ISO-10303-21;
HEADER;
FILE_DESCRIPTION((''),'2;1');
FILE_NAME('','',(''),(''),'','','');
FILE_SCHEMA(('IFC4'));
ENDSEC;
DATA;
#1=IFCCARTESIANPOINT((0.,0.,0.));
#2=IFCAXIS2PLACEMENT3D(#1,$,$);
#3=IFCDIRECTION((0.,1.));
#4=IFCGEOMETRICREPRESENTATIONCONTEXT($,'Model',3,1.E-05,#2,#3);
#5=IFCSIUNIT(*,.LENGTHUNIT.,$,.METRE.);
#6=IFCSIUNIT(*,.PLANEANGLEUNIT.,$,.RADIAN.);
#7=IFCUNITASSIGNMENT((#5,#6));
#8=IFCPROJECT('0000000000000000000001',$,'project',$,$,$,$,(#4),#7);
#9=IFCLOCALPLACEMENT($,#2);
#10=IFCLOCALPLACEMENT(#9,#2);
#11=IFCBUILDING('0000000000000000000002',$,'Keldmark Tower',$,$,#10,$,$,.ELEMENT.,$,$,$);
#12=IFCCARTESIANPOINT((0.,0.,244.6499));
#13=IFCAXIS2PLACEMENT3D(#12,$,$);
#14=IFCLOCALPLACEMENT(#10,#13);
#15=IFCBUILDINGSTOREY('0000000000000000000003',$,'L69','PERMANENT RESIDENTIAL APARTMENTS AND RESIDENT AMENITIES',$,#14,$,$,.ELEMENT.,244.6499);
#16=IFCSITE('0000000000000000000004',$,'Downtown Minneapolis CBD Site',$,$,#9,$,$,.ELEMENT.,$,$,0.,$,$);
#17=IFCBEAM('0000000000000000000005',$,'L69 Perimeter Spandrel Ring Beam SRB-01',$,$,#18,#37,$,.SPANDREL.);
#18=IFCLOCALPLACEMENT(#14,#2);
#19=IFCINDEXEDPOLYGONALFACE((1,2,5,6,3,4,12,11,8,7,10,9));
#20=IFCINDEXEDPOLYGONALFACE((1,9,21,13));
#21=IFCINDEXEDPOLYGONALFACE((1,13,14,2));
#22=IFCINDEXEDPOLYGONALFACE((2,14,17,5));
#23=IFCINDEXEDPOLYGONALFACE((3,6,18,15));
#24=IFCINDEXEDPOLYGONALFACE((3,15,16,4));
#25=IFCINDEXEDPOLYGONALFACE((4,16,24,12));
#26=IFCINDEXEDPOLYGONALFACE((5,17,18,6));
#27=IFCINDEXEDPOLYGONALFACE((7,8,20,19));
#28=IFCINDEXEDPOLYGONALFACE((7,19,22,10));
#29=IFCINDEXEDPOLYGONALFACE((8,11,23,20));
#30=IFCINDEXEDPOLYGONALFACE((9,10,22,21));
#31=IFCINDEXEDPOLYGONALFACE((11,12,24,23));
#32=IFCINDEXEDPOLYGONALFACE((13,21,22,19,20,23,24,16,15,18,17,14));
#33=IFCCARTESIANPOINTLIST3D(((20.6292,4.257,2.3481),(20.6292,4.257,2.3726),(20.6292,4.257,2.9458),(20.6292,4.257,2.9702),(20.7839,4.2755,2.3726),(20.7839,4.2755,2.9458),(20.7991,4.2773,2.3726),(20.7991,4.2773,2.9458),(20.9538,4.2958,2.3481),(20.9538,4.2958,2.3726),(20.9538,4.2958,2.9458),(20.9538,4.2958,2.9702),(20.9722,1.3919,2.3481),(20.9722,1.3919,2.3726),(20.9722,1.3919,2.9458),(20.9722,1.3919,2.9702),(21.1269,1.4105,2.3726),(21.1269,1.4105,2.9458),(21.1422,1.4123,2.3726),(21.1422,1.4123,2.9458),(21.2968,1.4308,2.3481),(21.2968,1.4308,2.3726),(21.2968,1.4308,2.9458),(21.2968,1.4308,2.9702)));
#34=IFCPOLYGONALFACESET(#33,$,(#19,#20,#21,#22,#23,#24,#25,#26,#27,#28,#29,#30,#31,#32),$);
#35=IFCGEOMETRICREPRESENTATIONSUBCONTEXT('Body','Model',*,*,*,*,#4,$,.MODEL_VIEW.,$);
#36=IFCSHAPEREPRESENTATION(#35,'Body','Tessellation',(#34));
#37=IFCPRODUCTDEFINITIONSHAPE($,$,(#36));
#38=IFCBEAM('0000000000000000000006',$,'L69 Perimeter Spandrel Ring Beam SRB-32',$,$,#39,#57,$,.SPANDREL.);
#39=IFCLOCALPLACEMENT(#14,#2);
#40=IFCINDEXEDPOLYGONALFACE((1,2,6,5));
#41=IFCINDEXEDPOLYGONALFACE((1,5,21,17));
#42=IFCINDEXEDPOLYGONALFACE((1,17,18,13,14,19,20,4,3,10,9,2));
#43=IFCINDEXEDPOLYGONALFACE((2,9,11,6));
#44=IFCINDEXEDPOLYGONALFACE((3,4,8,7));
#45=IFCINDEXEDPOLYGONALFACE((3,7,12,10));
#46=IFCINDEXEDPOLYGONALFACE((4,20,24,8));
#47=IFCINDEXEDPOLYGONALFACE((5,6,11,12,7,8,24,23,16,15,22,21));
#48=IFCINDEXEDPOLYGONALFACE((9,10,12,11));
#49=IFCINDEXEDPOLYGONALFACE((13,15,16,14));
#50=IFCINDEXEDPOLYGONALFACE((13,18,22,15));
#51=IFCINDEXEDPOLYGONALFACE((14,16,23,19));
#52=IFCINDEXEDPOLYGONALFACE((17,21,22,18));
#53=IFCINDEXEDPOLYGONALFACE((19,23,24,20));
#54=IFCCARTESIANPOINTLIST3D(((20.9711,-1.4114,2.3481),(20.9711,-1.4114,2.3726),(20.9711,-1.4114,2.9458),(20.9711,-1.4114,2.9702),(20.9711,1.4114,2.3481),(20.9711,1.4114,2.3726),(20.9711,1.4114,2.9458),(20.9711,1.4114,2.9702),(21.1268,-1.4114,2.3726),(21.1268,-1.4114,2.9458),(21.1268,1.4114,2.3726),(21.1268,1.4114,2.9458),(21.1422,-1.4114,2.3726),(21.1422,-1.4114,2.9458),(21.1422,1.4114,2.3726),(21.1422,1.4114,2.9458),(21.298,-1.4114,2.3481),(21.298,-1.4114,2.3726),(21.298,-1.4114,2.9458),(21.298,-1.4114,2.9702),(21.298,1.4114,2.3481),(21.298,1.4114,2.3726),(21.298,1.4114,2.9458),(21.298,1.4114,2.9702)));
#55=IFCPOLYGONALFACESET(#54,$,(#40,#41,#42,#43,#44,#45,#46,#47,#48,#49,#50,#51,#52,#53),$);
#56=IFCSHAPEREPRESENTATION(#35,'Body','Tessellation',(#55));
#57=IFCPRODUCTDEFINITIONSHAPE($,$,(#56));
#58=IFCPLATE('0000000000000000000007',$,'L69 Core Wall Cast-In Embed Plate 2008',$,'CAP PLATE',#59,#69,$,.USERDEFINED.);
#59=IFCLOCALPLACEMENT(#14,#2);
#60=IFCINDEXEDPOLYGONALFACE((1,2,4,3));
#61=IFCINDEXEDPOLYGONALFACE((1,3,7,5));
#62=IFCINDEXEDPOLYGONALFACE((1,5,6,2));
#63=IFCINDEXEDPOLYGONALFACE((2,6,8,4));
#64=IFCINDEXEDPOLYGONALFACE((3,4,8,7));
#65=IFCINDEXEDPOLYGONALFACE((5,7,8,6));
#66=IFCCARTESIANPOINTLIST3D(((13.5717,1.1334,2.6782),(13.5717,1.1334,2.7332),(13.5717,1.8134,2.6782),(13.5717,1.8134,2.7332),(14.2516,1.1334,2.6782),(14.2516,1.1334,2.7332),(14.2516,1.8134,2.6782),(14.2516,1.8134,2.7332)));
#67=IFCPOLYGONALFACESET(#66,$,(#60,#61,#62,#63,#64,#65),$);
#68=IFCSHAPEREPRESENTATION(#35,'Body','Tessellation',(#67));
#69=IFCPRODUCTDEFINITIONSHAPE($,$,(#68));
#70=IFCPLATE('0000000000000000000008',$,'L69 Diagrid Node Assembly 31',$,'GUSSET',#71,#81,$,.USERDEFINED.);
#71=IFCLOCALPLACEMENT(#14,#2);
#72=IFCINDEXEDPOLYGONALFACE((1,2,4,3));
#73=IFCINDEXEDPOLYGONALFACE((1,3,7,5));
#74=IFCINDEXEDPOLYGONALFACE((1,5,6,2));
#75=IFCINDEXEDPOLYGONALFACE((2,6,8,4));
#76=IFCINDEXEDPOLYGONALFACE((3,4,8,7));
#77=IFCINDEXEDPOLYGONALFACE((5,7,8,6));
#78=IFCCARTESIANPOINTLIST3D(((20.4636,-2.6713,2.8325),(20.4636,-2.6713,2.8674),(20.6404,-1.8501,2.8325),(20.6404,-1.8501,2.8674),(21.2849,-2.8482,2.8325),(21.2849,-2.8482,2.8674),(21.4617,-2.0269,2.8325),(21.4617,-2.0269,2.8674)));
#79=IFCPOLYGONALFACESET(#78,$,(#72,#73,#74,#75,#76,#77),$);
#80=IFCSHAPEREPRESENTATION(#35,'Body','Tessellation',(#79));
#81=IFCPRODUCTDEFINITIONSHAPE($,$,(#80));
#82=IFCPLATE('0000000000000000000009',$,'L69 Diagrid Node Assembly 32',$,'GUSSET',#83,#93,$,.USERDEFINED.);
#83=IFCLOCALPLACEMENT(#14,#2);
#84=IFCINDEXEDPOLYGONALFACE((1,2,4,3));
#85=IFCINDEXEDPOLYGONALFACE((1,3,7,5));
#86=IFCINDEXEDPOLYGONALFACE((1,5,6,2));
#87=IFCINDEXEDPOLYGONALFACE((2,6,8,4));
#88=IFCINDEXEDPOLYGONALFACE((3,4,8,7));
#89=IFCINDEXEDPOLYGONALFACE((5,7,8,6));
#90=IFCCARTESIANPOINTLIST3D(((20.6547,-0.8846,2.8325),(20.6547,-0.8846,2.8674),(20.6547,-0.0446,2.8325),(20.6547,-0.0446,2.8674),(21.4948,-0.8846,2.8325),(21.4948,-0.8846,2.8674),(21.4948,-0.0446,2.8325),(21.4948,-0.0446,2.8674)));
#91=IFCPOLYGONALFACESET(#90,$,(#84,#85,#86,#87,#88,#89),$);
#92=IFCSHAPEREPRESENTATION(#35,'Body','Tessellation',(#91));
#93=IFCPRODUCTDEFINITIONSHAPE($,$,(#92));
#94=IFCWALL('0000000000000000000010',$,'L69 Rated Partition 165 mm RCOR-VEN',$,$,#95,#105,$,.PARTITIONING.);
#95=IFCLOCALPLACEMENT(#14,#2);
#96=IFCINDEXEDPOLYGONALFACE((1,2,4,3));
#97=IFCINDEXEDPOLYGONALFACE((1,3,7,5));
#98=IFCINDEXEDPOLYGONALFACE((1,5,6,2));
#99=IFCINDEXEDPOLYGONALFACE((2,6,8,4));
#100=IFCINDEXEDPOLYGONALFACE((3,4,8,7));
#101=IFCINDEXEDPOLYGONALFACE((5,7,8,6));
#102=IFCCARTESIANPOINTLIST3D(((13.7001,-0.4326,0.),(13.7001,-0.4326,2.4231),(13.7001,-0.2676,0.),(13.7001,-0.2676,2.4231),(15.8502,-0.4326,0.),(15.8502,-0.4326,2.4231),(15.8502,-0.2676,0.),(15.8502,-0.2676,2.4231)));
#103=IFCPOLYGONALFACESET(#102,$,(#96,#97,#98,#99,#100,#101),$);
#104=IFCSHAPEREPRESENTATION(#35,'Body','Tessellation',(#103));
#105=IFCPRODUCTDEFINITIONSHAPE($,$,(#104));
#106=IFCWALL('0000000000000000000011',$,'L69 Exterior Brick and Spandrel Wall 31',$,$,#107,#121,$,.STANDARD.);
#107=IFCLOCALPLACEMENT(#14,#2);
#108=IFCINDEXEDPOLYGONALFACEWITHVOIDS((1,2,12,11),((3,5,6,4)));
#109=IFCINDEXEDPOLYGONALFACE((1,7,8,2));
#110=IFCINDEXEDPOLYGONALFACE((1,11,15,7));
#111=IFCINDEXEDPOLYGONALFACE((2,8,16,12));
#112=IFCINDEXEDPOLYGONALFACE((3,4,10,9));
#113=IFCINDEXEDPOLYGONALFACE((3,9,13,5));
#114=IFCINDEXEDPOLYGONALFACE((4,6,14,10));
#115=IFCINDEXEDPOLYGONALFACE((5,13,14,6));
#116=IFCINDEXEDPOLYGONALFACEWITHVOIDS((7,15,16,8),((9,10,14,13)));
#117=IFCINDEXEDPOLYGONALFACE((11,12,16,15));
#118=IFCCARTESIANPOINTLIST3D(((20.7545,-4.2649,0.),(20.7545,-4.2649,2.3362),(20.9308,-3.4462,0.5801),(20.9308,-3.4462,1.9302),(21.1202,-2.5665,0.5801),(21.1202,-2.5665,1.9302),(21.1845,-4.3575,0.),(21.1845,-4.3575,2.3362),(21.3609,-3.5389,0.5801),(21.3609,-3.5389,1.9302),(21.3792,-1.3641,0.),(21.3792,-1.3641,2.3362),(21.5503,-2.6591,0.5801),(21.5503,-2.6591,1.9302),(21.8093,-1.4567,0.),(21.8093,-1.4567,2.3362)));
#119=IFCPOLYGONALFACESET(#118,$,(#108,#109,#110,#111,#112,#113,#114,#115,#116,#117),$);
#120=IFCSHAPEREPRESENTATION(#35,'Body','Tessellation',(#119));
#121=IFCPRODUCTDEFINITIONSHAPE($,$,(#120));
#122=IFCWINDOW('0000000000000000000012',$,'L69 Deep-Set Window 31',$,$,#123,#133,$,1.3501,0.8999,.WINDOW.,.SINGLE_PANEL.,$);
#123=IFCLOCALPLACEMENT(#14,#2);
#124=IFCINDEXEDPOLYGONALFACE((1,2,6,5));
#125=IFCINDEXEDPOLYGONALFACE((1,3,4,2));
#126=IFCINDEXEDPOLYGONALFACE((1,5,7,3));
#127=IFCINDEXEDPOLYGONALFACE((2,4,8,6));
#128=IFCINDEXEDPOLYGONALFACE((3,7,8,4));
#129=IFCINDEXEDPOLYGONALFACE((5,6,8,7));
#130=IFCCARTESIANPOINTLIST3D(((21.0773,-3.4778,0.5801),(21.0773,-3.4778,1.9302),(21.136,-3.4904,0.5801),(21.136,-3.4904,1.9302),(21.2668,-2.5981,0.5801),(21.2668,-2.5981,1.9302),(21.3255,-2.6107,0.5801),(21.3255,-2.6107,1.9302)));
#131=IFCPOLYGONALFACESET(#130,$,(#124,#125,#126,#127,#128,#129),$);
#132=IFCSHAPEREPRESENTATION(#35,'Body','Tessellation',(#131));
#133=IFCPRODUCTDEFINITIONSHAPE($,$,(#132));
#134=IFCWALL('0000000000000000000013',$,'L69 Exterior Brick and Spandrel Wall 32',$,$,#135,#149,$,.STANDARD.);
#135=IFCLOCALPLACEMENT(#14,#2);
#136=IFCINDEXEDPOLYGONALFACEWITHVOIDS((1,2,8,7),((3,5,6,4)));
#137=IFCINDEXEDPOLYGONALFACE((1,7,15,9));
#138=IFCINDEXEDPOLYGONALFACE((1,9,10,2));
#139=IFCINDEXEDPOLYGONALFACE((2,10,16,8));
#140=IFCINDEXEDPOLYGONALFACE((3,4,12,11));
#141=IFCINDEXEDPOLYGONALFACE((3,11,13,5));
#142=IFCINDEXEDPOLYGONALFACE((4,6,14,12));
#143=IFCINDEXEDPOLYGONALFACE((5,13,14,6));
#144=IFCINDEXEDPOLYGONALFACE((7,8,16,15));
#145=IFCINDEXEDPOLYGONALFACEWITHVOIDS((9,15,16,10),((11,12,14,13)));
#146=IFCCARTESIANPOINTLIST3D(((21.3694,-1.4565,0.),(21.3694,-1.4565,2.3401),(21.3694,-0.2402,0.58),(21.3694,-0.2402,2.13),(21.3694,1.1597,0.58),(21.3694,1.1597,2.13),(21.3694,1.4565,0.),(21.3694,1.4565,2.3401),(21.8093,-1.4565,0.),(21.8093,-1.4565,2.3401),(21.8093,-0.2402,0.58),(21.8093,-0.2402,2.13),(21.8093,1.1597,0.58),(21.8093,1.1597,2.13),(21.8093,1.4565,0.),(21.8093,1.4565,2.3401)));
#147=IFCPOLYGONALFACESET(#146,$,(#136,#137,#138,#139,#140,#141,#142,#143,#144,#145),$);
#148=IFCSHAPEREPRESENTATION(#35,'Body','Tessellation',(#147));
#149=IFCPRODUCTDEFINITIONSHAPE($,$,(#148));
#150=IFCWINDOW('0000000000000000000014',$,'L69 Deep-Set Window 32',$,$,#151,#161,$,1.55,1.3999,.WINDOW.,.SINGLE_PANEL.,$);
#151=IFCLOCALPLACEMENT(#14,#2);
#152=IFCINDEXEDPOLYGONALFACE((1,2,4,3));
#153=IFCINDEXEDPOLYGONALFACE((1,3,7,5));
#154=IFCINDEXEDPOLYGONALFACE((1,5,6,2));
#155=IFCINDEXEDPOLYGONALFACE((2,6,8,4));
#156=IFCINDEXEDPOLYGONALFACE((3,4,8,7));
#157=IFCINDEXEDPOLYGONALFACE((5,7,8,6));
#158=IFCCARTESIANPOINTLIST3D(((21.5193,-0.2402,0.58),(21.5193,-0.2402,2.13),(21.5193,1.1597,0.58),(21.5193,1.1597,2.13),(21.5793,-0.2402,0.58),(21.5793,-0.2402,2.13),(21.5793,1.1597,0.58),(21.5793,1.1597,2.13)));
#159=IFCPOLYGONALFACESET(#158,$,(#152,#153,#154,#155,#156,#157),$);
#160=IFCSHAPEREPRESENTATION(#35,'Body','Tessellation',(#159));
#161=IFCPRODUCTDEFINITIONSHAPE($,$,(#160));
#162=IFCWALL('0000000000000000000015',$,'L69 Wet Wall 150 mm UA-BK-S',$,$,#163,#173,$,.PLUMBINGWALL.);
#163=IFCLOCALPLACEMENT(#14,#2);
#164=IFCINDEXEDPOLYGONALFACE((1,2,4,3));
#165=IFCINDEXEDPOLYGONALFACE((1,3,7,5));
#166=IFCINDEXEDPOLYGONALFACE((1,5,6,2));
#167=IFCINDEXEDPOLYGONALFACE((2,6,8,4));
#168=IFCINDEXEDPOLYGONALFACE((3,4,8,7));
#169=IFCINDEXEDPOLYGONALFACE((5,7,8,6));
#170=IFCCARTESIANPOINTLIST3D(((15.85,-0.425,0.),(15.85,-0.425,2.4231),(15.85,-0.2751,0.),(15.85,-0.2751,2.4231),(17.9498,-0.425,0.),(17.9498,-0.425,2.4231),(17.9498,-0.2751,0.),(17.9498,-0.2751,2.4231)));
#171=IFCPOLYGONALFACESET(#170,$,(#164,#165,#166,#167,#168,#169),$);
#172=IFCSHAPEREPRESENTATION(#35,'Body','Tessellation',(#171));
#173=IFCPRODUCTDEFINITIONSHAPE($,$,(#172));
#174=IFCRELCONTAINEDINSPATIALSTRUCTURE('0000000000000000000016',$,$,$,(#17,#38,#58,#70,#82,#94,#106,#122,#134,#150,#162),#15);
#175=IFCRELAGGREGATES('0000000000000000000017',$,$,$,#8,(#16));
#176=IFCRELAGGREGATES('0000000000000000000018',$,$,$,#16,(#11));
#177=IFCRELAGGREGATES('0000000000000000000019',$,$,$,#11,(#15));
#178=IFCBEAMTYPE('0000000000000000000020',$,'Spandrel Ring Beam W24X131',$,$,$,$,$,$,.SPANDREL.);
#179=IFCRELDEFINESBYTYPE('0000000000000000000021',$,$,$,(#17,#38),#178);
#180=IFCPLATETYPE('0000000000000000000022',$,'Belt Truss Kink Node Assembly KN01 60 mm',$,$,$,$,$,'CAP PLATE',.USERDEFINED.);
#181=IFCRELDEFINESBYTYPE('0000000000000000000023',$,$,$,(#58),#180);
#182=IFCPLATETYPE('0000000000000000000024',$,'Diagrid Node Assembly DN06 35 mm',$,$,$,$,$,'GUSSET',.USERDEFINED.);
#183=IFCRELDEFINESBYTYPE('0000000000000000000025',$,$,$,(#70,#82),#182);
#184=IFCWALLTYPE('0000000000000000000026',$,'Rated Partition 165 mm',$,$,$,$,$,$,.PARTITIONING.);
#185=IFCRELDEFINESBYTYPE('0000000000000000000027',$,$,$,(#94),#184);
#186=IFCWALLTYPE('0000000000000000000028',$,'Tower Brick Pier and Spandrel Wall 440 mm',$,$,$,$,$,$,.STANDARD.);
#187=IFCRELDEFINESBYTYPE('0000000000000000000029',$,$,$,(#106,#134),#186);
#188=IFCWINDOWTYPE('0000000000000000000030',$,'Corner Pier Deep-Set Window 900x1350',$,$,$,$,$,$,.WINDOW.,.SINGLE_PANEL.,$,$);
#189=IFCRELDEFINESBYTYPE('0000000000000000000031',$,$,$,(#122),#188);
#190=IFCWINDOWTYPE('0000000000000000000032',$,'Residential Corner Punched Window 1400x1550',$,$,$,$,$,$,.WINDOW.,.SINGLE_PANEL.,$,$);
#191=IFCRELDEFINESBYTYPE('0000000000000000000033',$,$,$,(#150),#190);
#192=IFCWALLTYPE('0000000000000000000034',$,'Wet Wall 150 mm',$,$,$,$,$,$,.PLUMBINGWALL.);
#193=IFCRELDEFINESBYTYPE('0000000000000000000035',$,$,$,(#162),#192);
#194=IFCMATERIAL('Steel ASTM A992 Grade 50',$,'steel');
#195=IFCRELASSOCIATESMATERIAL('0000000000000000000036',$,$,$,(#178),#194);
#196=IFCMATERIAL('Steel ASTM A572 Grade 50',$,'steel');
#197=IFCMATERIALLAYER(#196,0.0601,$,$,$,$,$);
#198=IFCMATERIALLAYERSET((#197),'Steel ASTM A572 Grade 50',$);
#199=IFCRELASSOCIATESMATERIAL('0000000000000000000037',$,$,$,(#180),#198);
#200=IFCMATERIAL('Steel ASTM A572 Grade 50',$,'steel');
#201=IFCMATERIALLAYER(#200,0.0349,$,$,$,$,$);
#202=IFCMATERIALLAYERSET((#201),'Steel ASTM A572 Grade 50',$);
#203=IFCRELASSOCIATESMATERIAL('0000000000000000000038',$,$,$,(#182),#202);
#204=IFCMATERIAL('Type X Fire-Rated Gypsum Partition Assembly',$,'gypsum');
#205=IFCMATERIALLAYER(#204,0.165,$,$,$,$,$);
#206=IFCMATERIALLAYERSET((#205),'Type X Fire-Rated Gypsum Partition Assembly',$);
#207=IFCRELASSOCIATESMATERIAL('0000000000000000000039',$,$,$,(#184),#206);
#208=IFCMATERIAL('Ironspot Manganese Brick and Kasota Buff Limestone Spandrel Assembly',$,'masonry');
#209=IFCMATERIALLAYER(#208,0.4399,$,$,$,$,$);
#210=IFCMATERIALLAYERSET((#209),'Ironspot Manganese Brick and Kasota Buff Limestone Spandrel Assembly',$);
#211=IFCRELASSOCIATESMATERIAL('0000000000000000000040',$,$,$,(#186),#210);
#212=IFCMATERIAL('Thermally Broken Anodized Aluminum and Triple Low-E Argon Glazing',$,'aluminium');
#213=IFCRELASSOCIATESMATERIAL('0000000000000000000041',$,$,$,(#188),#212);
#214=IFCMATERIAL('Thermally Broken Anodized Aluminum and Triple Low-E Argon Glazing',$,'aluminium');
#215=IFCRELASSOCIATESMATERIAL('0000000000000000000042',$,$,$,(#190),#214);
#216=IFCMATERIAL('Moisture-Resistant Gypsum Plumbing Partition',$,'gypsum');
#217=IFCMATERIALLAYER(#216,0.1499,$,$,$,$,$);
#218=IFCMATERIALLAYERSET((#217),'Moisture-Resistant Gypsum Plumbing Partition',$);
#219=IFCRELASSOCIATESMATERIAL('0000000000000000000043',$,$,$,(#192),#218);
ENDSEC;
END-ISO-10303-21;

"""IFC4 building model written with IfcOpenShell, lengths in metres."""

from ifc_helpers import new_model, si_unit, direction, frame, frame_2d, origin, origin_2d, place, context, subcontext, project, spatial, rectangle, i_section, extrude, material, layer, layer_set, material_profile, profile_set, type_object, element, fill, save


model = new_model("IFC4")

# Units and contexts
model_context = context("Model", 3, precision=1e-05, world=origin(), true_north=direction((0.0, 1.0)))
body_context = subcontext(model_context, "Body", "Model", "MODEL_VIEW")
ifc_project = project(units=[si_unit("LENGTHUNIT", "METRE"), si_unit("PLANEANGLEUNIT", "RADIAN")], contexts=[model_context])

# Site, building, storey
site_placement = place(None, origin())
site = spatial("IfcSite", under=ifc_project, at=site_placement, Name="Downtown Minneapolis CBD Site", CompositionType="ELEMENT", RefElevation=0.0)
building_placement = place(site_placement, origin())
building = spatial("IfcBuilding", under=site, at=building_placement, Name="Keldmark Tower", CompositionType="ELEMENT")
storey_placement = place(building_placement, frame((0.0, 0.0, 244.6499)))
storey = spatial("IfcBuildingStorey", under=building, at=storey_placement, Name="L69", Description="PERMANENT RESIDENTIAL APARTMENTS AND RESIDENT AMENITIES", CompositionType="ELEMENT", Elevation=244.6499)

# Beams
ifc_material_1 = material(Name="Steel ASTM A992 Grade 50", Category="steel")
ifc_material_profile_1 = material_profile(ifc_material_1, i_section(OverallWidth=0.3269, OverallDepth=0.6221, WebThickness=0.0154, FlangeThickness=0.0244, at=origin_2d()), Name="W24X131")
ifc_profile_set_1 = profile_set([ifc_material_profile_1], Name="Steel ASTM A992 Grade 50")
beam_type_1 = type_object("IfcBeamType", Name="Spandrel Ring Beam W24X131", PredefinedType="SPANDREL", material=ifc_profile_set_1)
beam_1_placement = place(storey_placement, frame((21.1345, 1.4114, 2.6592), z_axis=(-0.118878, 0.992909, 0.0), x_axis=(-0.992909, -0.118878, 0.0)))
element("IfcBeam", 1, at=beam_1_placement, inside=storey, type_object=beam_type_1, Name="L69 Perimeter Spandrel Ring Beam SRB-01", PredefinedType="SPANDREL", context=body_context, shape_type="SweptSolid", body=[
    extrude(i_section(OverallWidth=0.3269, OverallDepth=0.6221, WebThickness=0.0154, FlangeThickness=0.0244, at=origin_2d()), origin(), (0.0, 0.0, 1.0), 2.8855),
])
beam_2_placement = place(storey_placement, frame((21.1345, -1.4114, 2.6592), z_axis=(0.0, 1.0, 0.0), x_axis=(-1.0, 0.0, 0.0)))
element("IfcBeam", 2, at=beam_2_placement, inside=storey, type_object=beam_type_1, Name="L69 Perimeter Spandrel Ring Beam SRB-32", PredefinedType="SPANDREL", context=body_context, shape_type="SweptSolid", body=[
    extrude(i_section(OverallWidth=0.3269, OverallDepth=0.6221, WebThickness=0.0154, FlangeThickness=0.0244, at=origin_2d()), origin(), (0.0, 0.0, 1.0), 2.8228),
])

# Plates
ifc_material_2 = material(Name="Steel ASTM A572 Grade 50", Category="steel")
ifc_layer_1 = layer(ifc_material_2, 0.0601)
ifc_layer_set_1 = layer_set([ifc_layer_1], Name="Steel ASTM A572 Grade 50")
plate_type_1 = type_object("IfcPlateType", Name="Belt Truss Kink Node Assembly KN01 60 mm", ElementType="CAP PLATE", PredefinedType="USERDEFINED", material=ifc_layer_set_1)
plate_placement = place(storey_placement, frame((13.9116, 1.4734, 2.6782), z_axis=(0.0, 0.0, 1.0), x_axis=(1.0, 0.0, 0.0)))
element("IfcPlate", 3, at=plate_placement, inside=storey, type_object=plate_type_1, Name="L69 Core Wall Cast-In Embed Plate 2008", ObjectType="CAP PLATE", PredefinedType="USERDEFINED", context=body_context, shape_type="SweptSolid", body=[
    extrude(rectangle(XDim=0.6799, YDim=0.6799, at=origin_2d()), origin(), (0.0, 0.0, 1.0), 0.0549),
])
ifc_material_3 = material(Name="Steel ASTM A572 Grade 50", Category="steel")
ifc_layer_2 = layer(ifc_material_3, 0.0349)
ifc_layer_set_2 = layer_set([ifc_layer_2], Name="Steel ASTM A572 Grade 50")
plate_type_2 = type_object("IfcPlateType", Name="Diagrid Node Assembly DN06 35 mm", ElementType="GUSSET", PredefinedType="USERDEFINED", material=ifc_layer_set_2)
for number, where, z_axis, x_axis, name in (
    (4, (20.9626, -2.3491, 2.8325), (0.0, 0.0, 1.0), (0.210472, 0.9776, 0.0), "L69 Diagrid Node Assembly 31"),
    (5, (21.0747, -0.4646, 2.8325), (0.0, 0.0, 1.0), (0.0, 1.0, 0.0), "L69 Diagrid Node Assembly 32"),
):
    element("IfcPlate", number, at=place(storey_placement, frame(where, z_axis=z_axis, x_axis=x_axis)), inside=storey, type_object=plate_type_2, Name=name, ObjectType="GUSSET", PredefinedType="USERDEFINED", context=body_context, shape_type="SweptSolid", body=[
        extrude(rectangle(XDim=0.8401, YDim=0.8401, at=origin_2d()), origin(), (0.0, 0.0, 1.0), 0.0349),
    ])

# Wall
ifc_material_4 = material(Name="Type X Fire-Rated Gypsum Partition Assembly", Category="gypsum")
ifc_layer_3 = layer(ifc_material_4, 0.165)
ifc_layer_set_3 = layer_set([ifc_layer_3], Name="Type X Fire-Rated Gypsum Partition Assembly")
wall_type_1 = type_object("IfcWallType", Name="Rated Partition 165 mm", PredefinedType="PARTITIONING", material=ifc_layer_set_3)
wall_1_placement = place(storey_placement, frame((13.7, -0.3501, 0.0), z_axis=(0.0, 0.0, 1.0), x_axis=(1.0, 0.0, 0.0)))
element("IfcWall", 6, at=wall_1_placement, inside=storey, type_object=wall_type_1, Name="L69 Rated Partition 165 mm RCOR-VEN", PredefinedType="PARTITIONING", context=body_context, shape_type="SweptSolid", body=[
    extrude(rectangle(XDim=2.1501, YDim=0.165, at=frame_2d((1.0752, 0.0))), origin(), (0.0, 0.0, 1.0), 2.4231),
])

# Walls, openings, windows
ifc_material_5 = material(Name="Ironspot Manganese Brick and Kasota Buff Limestone Spandrel Assembly", Category="masonry")
ifc_layer_4 = layer(ifc_material_5, 0.4399)
ifc_layer_set_4 = layer_set([ifc_layer_4], Name="Ironspot Manganese Brick and Kasota Buff Limestone Spandrel Assembly")
wall_type_2 = type_object("IfcWallType", Name="Tower Brick Pier and Spandrel Wall 440 mm", PredefinedType="STANDARD", material=ifc_layer_set_4)
wall_2_placement = place(storey_placement, frame((21.5942, -1.4104, 0.0), z_axis=(0.0, 0.0, 1.0), x_axis=(-0.21054, -0.977585, 0.0)))
wall_2 = element("IfcWall", 7, at=wall_2_placement, inside=storey, type_object=wall_type_2, Name="L69 Exterior Brick and Spandrel Wall 31", PredefinedType="STANDARD", context=body_context, shape_type="SweptSolid", body=[
    extrude(rectangle(XDim=2.9673, YDim=0.4399, at=frame_2d((1.4836, 0.0))), origin(), (0.0, 0.0, 1.0), 2.3362),
])
opening_1_placement = place(wall_2_placement, frame((1.23, 0.0, 0.5801)))
opening_1 = element("IfcOpeningElement", 8, at=opening_1_placement, cuts=wall_2, PredefinedType="OPENING", context=body_context, shape_type="SweptSolid", body=[
    extrude(rectangle(XDim=0.8999, YDim=1.3501, at=frame_2d((0.45, 0.675))), frame((0.0, 0.23, 0.0), z_axis=(0.0, -1.0, 0.0), x_axis=(1.0, 0.0, 0.0)), (0.0, 0.0, 1.0), 0.46),
])
ifc_material_6 = material(Name="Thermally Broken Anodized Aluminum and Triple Low-E Argon Glazing", Category="aluminium")
window_type_1 = type_object("IfcWindowType", Name="Corner Pier Deep-Set Window 900x1350", PartitioningType="SINGLE_PANEL", PredefinedType="WINDOW", material=ifc_material_6)
window_1_placement = place(opening_1_placement, origin())
window_1 = element("IfcWindow", 9, at=window_1_placement, inside=storey, type_object=window_type_1, Name="L69 Deep-Set Window 31", OverallHeight=1.3501, OverallWidth=0.8999, PartitioningType="SINGLE_PANEL", PredefinedType="WINDOW", context=body_context, shape_type="SweptSolid", body=[
    extrude(rectangle(XDim=0.8999, YDim=1.3501, at=frame_2d((0.45, 0.675))), frame((0.0, -0.01, 0.0), z_axis=(0.0, -1.0, 0.0), x_axis=(1.0, 0.0, 0.0)), (0.0, 0.0, 1.0), 0.0601),
])
fill(opening_1, window_1)
wall_3_placement = place(storey_placement, frame((21.5894, 1.4565, 0.0), z_axis=(0.0, 0.0, 1.0), x_axis=(0.0, -1.0, 0.0)))
wall_3 = element("IfcWall", 10, at=wall_3_placement, inside=storey, type_object=wall_type_2, Name="L69 Exterior Brick and Spandrel Wall 32", PredefinedType="STANDARD", context=body_context, shape_type="SweptSolid", body=[
    extrude(rectangle(XDim=2.9131, YDim=0.4399, at=frame_2d((1.4565, 0.0))), origin(), (0.0, 0.0, 1.0), 2.3401),
])
opening_2_placement = place(wall_3_placement, frame((0.2969, 0.0, 0.5801)))
opening_2 = element("IfcOpeningElement", 11, at=opening_2_placement, cuts=wall_3, PredefinedType="OPENING", context=body_context, shape_type="SweptSolid", body=[
    extrude(rectangle(XDim=1.3999, YDim=1.55, at=frame_2d((0.7, 0.7749))), frame((0.0, 0.23, 0.0), z_axis=(0.0, -1.0, 0.0), x_axis=(1.0, 0.0, 0.0)), (0.0, 0.0, 1.0), 0.46),
])
ifc_material_7 = material(Name="Thermally Broken Anodized Aluminum and Triple Low-E Argon Glazing", Category="aluminium")
window_type_2 = type_object("IfcWindowType", Name="Residential Corner Punched Window 1400x1550", PartitioningType="SINGLE_PANEL", PredefinedType="WINDOW", material=ifc_material_7)
window_2_placement = place(opening_2_placement, origin())
window_2 = element("IfcWindow", 12, at=window_2_placement, inside=storey, type_object=window_type_2, Name="L69 Deep-Set Window 32", OverallHeight=1.55, OverallWidth=1.3999, PartitioningType="SINGLE_PANEL", PredefinedType="WINDOW", context=body_context, shape_type="SweptSolid", body=[
    extrude(rectangle(XDim=1.3999, YDim=1.55, at=frame_2d((0.7, 0.7749))), frame((0.0, -0.01, 0.0), z_axis=(0.0, -1.0, 0.0), x_axis=(1.0, 0.0, 0.0)), (0.0, 0.0, 1.0), 0.0601),
])
fill(opening_2, window_2)

# Wall
ifc_material_8 = material(Name="Moisture-Resistant Gypsum Plumbing Partition", Category="gypsum")
ifc_layer_5 = layer(ifc_material_8, 0.1499)
ifc_layer_set_5 = layer_set([ifc_layer_5], Name="Moisture-Resistant Gypsum Plumbing Partition")
wall_type_3 = type_object("IfcWallType", Name="Wet Wall 150 mm", PredefinedType="PLUMBINGWALL", material=ifc_layer_set_5)
wall_4_placement = place(storey_placement, frame((15.8501, -0.3501, 0.0), z_axis=(0.0, 0.0, 1.0), x_axis=(1.0, 0.0, 0.0)))
element("IfcWall", 13, at=wall_4_placement, inside=storey, type_object=wall_type_3, Name="L69 Wet Wall 150 mm UA-BK-S", PredefinedType="PLUMBINGWALL", context=body_context, shape_type="SweptSolid", body=[
    extrude(rectangle(XDim=2.0999, YDim=0.1499, at=frame_2d((1.0498, 0.0))), origin(), (0.0, 0.0, 1.0), 2.4231),
])

save(model, "model.ifc")
